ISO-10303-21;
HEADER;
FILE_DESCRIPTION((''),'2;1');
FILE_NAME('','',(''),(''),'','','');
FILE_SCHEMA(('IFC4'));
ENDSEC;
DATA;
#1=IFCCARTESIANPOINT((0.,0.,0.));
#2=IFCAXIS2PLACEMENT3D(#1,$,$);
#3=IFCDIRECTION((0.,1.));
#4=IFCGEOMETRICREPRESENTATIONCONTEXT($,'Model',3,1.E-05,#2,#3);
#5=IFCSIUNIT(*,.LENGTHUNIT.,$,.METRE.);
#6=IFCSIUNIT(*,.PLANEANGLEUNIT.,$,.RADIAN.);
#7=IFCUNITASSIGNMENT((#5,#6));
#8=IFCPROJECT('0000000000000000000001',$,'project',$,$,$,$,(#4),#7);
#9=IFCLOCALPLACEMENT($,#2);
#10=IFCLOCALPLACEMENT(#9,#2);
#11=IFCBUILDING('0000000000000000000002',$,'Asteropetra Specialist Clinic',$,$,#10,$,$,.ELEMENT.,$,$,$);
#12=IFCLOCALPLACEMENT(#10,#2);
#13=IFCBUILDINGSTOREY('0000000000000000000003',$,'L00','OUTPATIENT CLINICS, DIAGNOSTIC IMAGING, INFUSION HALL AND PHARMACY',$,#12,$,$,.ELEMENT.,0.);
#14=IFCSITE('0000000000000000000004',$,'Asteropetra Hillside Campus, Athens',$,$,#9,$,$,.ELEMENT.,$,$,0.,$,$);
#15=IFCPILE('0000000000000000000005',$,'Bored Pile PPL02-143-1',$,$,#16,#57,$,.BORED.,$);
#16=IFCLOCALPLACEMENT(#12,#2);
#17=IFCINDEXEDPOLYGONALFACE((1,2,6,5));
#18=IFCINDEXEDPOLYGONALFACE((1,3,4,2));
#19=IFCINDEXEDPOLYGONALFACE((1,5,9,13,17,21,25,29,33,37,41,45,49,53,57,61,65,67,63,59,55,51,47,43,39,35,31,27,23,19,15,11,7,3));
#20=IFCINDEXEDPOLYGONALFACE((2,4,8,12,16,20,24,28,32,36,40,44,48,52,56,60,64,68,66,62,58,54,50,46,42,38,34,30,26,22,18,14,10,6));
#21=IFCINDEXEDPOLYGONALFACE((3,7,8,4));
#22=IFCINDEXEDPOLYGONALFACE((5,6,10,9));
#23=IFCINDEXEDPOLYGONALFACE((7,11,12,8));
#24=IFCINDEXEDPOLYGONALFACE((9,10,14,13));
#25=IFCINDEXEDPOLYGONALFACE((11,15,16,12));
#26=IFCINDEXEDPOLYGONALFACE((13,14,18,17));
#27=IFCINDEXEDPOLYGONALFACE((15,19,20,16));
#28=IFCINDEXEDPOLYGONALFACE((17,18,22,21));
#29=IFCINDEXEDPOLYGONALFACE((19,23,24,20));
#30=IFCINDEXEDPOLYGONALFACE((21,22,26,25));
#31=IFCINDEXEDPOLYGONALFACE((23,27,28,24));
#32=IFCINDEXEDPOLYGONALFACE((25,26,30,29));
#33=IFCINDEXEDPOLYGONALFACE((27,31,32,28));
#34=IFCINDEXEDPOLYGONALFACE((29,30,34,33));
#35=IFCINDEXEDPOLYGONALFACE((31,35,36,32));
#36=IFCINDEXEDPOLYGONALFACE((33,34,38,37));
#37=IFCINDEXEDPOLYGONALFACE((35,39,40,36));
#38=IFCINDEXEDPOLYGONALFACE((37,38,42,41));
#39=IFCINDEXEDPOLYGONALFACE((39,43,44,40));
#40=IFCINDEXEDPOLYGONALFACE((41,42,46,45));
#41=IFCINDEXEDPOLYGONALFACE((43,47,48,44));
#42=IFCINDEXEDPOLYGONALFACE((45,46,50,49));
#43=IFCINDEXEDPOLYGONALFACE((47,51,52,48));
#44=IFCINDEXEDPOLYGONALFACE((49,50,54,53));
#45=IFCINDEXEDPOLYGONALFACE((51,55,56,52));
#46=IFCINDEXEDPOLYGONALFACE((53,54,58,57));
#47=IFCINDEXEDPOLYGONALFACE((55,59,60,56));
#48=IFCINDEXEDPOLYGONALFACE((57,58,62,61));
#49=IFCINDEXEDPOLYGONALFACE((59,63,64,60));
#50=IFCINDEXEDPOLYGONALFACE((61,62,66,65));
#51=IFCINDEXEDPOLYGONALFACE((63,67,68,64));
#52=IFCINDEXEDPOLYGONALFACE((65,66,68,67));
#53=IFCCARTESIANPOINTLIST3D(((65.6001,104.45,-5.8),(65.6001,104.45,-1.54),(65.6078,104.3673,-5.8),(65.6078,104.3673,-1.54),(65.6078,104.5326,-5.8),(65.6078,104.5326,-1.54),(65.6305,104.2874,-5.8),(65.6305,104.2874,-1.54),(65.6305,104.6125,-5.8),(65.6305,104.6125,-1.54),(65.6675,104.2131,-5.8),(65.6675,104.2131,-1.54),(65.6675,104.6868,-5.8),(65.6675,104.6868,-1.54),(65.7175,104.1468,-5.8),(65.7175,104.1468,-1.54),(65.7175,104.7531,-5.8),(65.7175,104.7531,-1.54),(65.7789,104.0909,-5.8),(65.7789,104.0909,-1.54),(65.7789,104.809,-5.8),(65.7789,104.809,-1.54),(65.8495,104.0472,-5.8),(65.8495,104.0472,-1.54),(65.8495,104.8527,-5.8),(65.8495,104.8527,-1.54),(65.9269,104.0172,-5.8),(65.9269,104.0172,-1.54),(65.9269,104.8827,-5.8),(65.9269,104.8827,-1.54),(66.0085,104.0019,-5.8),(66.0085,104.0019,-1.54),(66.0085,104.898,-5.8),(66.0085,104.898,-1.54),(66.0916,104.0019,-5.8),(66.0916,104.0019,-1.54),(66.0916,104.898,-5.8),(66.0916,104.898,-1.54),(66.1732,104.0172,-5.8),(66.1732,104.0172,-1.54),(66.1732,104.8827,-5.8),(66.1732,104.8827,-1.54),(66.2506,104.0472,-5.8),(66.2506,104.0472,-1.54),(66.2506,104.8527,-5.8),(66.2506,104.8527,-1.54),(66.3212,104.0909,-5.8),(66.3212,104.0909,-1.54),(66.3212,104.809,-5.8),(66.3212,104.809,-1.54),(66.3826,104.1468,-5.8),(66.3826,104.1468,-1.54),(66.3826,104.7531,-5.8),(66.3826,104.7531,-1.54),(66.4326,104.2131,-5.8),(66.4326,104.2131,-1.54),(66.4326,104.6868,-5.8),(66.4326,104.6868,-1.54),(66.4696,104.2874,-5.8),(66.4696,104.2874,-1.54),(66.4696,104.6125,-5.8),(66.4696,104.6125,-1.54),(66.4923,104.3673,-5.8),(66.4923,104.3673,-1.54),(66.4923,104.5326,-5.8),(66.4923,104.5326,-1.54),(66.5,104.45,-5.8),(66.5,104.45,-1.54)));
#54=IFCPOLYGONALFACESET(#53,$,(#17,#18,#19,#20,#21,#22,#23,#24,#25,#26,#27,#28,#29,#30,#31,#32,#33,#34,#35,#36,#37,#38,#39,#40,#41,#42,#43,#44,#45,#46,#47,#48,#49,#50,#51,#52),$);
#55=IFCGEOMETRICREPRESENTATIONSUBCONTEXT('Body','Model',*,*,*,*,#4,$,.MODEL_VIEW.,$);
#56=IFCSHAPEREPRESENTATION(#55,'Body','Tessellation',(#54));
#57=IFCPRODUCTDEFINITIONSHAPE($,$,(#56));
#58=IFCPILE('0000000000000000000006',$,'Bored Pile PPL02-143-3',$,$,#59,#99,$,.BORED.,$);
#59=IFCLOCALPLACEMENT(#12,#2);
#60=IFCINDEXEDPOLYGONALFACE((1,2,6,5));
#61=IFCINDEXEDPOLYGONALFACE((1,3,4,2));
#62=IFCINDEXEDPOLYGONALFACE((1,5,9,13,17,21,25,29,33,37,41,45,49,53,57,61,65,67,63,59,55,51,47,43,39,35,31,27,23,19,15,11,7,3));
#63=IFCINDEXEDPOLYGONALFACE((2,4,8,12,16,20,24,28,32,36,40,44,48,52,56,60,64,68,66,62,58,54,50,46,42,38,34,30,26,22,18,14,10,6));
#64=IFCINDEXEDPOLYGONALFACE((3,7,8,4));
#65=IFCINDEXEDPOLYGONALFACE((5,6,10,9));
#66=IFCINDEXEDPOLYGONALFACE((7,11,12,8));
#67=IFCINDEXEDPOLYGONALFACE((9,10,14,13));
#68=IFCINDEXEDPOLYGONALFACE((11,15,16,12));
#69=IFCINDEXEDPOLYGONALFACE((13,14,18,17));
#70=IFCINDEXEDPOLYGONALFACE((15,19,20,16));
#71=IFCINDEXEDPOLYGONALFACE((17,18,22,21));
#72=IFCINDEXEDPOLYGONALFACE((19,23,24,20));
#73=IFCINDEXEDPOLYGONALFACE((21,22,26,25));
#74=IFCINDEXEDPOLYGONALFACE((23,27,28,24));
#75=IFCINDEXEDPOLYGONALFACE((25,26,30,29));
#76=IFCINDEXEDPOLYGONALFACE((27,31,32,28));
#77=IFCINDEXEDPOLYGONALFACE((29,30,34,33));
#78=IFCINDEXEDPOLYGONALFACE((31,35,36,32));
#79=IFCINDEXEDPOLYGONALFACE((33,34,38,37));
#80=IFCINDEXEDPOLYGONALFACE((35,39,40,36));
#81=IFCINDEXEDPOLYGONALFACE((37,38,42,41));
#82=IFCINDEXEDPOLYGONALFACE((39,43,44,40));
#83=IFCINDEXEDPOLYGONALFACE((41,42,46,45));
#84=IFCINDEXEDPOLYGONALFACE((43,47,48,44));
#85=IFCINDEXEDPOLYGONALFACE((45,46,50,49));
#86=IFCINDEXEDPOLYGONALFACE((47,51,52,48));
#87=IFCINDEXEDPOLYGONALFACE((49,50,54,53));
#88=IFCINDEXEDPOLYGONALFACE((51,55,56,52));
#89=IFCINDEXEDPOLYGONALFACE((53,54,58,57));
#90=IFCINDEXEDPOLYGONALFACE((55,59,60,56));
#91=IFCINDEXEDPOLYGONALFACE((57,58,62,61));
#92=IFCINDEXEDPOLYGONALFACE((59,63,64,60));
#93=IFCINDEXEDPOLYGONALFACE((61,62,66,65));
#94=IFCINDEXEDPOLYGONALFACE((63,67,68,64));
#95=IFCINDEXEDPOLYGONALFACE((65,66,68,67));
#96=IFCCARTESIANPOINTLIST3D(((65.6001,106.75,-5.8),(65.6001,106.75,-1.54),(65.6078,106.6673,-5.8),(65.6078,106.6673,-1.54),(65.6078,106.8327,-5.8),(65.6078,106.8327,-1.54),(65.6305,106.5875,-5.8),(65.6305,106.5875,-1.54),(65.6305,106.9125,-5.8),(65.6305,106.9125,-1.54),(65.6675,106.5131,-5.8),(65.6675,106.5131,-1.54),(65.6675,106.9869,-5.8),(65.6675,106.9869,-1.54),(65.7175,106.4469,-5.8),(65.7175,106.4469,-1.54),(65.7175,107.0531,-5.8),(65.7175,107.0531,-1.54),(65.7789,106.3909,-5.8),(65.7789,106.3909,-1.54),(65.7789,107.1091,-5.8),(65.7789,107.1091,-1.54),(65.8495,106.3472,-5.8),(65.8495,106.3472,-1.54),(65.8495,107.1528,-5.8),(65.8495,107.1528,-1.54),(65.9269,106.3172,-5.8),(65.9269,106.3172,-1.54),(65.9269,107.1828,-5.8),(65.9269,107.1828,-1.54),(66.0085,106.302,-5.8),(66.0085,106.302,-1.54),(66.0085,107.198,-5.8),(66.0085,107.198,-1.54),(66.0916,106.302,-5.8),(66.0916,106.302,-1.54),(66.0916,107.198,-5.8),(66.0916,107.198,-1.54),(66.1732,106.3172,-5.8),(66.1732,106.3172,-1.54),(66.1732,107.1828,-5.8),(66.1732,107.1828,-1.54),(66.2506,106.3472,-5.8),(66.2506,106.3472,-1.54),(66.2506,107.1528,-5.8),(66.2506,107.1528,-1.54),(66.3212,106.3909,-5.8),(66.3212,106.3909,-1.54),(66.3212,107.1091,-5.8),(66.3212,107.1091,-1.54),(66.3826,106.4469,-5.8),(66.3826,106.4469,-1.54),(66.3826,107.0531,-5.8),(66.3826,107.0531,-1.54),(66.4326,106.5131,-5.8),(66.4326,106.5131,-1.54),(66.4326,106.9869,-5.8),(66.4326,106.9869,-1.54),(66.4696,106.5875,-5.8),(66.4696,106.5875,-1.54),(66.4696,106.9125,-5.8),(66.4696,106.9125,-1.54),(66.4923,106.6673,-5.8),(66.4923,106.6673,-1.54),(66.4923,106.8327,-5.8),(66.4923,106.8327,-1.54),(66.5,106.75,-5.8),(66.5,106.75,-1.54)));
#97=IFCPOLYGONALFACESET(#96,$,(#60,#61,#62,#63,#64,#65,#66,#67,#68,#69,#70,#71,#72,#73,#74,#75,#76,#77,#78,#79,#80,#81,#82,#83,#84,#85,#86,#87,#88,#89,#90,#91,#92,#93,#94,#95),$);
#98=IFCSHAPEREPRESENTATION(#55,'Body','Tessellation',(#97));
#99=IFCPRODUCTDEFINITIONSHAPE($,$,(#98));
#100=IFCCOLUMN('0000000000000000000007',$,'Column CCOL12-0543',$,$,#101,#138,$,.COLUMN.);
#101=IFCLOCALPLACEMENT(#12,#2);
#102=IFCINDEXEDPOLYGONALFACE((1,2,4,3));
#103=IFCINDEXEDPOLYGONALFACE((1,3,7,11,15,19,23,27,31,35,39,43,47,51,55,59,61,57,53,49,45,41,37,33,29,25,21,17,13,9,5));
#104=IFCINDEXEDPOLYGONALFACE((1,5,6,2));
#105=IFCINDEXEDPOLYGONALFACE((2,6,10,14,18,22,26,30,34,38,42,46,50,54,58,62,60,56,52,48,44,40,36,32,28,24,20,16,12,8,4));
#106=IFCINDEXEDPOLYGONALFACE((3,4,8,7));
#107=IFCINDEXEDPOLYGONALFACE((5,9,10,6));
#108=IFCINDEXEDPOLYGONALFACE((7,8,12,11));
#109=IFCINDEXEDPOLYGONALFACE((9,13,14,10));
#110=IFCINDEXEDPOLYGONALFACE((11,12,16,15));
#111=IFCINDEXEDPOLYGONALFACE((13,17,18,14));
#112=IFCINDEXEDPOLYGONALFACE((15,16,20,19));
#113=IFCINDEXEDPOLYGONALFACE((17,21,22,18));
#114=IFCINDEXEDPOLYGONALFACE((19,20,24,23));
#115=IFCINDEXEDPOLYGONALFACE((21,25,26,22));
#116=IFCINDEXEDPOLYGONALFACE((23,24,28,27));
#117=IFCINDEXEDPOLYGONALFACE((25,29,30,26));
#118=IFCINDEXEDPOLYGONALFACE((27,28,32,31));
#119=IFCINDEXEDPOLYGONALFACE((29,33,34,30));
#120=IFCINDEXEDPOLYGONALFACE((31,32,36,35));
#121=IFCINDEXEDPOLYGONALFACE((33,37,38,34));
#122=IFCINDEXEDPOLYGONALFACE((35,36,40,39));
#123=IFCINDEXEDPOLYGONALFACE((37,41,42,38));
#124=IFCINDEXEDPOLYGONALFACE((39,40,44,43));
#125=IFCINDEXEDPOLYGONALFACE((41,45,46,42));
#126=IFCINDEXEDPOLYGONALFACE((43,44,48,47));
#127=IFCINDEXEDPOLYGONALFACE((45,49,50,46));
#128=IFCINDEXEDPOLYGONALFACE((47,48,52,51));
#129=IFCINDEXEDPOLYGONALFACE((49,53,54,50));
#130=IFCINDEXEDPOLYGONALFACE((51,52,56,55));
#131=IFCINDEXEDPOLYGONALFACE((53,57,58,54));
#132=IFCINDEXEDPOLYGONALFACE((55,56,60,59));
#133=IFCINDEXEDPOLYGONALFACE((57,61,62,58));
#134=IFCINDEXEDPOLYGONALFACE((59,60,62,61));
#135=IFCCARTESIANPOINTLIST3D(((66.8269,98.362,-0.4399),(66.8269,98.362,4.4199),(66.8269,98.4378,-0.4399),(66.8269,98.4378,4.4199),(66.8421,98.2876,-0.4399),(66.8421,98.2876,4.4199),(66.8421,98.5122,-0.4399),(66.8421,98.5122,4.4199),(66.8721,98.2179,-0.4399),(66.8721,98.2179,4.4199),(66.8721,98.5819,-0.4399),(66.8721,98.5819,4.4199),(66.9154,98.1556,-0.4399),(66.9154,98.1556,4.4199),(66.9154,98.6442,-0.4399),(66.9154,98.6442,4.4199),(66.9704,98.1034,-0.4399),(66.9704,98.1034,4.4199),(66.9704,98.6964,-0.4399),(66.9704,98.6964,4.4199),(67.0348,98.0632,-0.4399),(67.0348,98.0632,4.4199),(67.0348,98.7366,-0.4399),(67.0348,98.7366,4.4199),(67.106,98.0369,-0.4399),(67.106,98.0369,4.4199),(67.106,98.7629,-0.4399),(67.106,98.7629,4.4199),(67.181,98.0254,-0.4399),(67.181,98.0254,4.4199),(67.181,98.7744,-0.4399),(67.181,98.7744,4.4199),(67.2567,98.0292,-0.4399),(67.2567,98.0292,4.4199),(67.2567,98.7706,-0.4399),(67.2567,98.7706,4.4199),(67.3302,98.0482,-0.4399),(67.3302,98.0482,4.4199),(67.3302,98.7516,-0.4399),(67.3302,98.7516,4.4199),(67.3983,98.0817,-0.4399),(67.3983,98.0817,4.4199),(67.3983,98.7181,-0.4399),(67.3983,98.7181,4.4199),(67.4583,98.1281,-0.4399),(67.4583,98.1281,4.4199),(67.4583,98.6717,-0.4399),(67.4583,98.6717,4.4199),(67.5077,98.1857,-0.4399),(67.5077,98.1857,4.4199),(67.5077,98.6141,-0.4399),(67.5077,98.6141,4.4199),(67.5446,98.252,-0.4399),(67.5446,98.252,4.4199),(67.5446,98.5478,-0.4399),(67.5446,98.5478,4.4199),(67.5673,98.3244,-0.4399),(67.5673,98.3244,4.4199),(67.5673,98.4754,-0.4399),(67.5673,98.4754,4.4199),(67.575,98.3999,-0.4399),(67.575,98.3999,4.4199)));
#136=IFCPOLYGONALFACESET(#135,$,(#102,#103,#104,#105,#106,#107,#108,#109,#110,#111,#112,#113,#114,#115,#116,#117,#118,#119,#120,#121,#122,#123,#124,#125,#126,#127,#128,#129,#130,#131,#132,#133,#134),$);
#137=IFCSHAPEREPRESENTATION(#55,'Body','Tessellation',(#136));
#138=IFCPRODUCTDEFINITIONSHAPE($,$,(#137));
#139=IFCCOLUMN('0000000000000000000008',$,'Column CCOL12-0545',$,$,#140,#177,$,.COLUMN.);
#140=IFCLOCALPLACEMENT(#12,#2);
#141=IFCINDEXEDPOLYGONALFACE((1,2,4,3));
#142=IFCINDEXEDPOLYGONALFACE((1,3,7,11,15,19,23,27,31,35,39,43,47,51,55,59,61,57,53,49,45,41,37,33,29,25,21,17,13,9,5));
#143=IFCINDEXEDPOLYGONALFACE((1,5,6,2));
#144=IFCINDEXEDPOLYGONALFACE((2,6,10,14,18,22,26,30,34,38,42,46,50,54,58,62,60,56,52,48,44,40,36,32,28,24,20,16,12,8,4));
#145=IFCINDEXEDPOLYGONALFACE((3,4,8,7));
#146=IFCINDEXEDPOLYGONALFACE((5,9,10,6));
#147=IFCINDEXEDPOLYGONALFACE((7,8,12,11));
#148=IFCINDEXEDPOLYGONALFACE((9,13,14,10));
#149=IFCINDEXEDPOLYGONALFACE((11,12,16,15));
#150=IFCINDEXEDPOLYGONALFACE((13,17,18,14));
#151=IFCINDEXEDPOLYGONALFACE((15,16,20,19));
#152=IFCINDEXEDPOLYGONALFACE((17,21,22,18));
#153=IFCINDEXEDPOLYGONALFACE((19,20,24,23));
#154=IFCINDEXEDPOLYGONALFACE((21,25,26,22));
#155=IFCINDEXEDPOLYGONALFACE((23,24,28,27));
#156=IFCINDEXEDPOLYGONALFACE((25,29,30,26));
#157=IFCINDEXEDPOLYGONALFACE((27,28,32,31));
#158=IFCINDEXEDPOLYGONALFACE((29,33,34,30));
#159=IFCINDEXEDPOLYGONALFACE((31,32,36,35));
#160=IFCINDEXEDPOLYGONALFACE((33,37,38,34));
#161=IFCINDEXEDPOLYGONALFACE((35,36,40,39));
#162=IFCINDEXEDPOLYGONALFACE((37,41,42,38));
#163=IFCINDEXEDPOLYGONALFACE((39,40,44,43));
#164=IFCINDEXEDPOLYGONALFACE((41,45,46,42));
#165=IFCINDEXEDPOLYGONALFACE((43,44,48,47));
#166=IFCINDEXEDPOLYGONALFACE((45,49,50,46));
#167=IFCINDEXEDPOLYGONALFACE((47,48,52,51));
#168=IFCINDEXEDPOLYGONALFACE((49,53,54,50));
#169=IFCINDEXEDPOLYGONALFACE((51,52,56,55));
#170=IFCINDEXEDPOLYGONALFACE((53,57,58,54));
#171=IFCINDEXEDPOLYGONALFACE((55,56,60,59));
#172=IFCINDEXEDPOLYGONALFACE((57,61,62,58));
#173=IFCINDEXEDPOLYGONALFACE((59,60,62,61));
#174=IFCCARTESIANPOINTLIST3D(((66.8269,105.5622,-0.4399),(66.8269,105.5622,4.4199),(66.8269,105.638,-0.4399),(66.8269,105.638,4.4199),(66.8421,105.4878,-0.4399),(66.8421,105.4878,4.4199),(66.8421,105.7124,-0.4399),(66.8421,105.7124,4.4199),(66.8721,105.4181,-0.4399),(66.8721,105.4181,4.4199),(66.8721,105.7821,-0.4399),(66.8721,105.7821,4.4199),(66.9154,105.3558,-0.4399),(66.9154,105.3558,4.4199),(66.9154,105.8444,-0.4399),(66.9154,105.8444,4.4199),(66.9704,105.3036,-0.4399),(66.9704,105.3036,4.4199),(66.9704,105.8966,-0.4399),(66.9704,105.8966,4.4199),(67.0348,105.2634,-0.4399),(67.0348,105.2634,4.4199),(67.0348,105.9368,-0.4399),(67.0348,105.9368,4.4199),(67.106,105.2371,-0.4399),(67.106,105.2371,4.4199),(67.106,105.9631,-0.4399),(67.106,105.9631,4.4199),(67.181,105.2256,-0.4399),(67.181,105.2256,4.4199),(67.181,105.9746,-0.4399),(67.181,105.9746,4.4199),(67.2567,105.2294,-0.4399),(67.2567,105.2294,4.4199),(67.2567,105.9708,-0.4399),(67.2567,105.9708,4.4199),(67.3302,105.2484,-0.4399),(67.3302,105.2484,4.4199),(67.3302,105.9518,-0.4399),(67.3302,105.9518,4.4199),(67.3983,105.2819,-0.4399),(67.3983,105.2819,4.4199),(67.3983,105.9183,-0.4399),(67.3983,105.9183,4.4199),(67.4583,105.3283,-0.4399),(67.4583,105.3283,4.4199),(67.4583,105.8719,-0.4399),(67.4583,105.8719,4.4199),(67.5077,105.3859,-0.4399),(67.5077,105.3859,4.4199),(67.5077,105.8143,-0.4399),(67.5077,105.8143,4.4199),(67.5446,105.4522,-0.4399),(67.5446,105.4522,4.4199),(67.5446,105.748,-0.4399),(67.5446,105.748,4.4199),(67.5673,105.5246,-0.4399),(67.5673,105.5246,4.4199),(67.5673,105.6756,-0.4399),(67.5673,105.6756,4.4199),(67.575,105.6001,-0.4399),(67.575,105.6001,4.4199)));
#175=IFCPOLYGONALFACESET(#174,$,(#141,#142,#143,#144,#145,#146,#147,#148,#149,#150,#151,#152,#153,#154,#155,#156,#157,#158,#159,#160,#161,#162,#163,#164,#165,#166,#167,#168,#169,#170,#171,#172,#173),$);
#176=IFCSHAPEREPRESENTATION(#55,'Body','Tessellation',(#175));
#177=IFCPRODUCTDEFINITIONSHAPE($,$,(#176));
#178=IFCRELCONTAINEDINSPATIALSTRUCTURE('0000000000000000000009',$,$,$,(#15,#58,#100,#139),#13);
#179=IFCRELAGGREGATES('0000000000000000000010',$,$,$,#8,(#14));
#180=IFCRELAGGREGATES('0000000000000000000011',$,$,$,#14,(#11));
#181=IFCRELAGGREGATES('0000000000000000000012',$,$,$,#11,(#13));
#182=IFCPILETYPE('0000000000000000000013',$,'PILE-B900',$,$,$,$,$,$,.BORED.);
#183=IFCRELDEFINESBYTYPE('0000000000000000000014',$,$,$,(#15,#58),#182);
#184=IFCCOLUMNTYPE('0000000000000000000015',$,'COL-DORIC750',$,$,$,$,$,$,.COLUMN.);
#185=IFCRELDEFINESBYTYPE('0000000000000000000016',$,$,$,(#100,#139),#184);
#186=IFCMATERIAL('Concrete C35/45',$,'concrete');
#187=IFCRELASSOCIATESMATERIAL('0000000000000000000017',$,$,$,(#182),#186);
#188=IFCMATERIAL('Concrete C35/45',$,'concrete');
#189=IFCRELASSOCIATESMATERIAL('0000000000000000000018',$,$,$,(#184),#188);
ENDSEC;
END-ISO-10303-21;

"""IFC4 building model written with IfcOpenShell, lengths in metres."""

from ifc_helpers import new_model, si_unit, direction, frame, origin, origin_2d, place, context, subcontext, project, spatial, circle, extrude, material, material_profile, profile_set, type_object, element, save


model = new_model("IFC4")

# Units and contexts
model_context = context("Model", 3, precision=1e-05, world=origin(), true_north=direction((0.0, 1.0)))
body_context = subcontext(model_context, "Body", "Model", "MODEL_VIEW")
ifc_project = project(units=[si_unit("LENGTHUNIT", "METRE"), si_unit("PLANEANGLEUNIT", "RADIAN")], contexts=[model_context])

# Site, building, storey
site_placement = place(None, origin())
site = spatial("IfcSite", under=ifc_project, at=site_placement, Name="Asteropetra Hillside Campus, Athens", CompositionType="ELEMENT", RefElevation=0.0)
building_placement = place(site_placement, origin())
building = spatial("IfcBuilding", under=site, at=building_placement, Name="Asteropetra Specialist Clinic", CompositionType="ELEMENT")
storey_placement = place(building_placement, origin())
storey = spatial("IfcBuildingStorey", under=building, at=storey_placement, Name="L00", Description="OUTPATIENT CLINICS, DIAGNOSTIC IMAGING, INFUSION HALL AND PHARMACY", CompositionType="ELEMENT", Elevation=0.0)

# Piles
ifc_material_1 = material(Name="Concrete C35/45", Category="concrete")
ifc_material_profile_1 = material_profile(ifc_material_1, circle(Radius=0.45, at=origin_2d()), Name="PILE D900")
ifc_profile_set_1 = profile_set([ifc_material_profile_1], Name="Concrete C35/45")
pile_type_1 = type_object("IfcPileType", Name="PILE-B900", PredefinedType="BORED", material=ifc_profile_set_1)
for number, where, z_axis, x_axis, name in (
    (1, (66.05, 104.45, -1.54), (0.0, 0.0, -1.0), (1.0, 0.0, 0.0), "Bored Pile PPL02-143-1"),
    (2, (66.05, 106.75, -1.54), (0.0, 0.0, -1.0), (1.0, 0.0, 0.0), "Bored Pile PPL02-143-3"),
):
    element("IfcPile", number, at=place(storey_placement, frame(where, z_axis=z_axis, x_axis=x_axis)), inside=storey, type_object=pile_type_1, Name=name, PredefinedType="BORED", context=body_context, shape_type="SweptSolid", body=[
        extrude(circle(Radius=0.45, at=origin_2d()), origin(), (0.0, 0.0, 1.0), 4.26),
    ])

# Columns
ifc_material_2 = material(Name="Concrete C35/45", Category="concrete")
ifc_material_profile_2 = material_profile(ifc_material_2, circle(Radius=0.375, at=origin_2d()), Name="RCC D750")
ifc_profile_set_2 = profile_set([ifc_material_profile_2], Name="Concrete C35/45")
column_type = type_object("IfcColumnType", Name="COL-DORIC750", PredefinedType="COLUMN", material=ifc_profile_set_2)
for number, where, z_axis, x_axis, name in (
    (3, (67.2, 98.3999, -0.4399), (0.0, 0.0, 1.0), (1.0, 0.0, 0.0), "Column CCOL12-0543"),
    (4, (67.2, 105.6001, -0.4399), (0.0, 0.0, 1.0), (1.0, 0.0, 0.0), "Column CCOL12-0545"),
):
    element("IfcColumn", number, at=place(storey_placement, frame(where, z_axis=z_axis, x_axis=x_axis)), inside=storey, type_object=column_type, Name=name, PredefinedType="COLUMN", context=body_context, shape_type="SweptSolid", body=[
        extrude(circle(Radius=0.375, at=origin_2d()), origin(), (0.0, 0.0, 1.0), 4.8599),
    ])

save(model, "model.ifc")
